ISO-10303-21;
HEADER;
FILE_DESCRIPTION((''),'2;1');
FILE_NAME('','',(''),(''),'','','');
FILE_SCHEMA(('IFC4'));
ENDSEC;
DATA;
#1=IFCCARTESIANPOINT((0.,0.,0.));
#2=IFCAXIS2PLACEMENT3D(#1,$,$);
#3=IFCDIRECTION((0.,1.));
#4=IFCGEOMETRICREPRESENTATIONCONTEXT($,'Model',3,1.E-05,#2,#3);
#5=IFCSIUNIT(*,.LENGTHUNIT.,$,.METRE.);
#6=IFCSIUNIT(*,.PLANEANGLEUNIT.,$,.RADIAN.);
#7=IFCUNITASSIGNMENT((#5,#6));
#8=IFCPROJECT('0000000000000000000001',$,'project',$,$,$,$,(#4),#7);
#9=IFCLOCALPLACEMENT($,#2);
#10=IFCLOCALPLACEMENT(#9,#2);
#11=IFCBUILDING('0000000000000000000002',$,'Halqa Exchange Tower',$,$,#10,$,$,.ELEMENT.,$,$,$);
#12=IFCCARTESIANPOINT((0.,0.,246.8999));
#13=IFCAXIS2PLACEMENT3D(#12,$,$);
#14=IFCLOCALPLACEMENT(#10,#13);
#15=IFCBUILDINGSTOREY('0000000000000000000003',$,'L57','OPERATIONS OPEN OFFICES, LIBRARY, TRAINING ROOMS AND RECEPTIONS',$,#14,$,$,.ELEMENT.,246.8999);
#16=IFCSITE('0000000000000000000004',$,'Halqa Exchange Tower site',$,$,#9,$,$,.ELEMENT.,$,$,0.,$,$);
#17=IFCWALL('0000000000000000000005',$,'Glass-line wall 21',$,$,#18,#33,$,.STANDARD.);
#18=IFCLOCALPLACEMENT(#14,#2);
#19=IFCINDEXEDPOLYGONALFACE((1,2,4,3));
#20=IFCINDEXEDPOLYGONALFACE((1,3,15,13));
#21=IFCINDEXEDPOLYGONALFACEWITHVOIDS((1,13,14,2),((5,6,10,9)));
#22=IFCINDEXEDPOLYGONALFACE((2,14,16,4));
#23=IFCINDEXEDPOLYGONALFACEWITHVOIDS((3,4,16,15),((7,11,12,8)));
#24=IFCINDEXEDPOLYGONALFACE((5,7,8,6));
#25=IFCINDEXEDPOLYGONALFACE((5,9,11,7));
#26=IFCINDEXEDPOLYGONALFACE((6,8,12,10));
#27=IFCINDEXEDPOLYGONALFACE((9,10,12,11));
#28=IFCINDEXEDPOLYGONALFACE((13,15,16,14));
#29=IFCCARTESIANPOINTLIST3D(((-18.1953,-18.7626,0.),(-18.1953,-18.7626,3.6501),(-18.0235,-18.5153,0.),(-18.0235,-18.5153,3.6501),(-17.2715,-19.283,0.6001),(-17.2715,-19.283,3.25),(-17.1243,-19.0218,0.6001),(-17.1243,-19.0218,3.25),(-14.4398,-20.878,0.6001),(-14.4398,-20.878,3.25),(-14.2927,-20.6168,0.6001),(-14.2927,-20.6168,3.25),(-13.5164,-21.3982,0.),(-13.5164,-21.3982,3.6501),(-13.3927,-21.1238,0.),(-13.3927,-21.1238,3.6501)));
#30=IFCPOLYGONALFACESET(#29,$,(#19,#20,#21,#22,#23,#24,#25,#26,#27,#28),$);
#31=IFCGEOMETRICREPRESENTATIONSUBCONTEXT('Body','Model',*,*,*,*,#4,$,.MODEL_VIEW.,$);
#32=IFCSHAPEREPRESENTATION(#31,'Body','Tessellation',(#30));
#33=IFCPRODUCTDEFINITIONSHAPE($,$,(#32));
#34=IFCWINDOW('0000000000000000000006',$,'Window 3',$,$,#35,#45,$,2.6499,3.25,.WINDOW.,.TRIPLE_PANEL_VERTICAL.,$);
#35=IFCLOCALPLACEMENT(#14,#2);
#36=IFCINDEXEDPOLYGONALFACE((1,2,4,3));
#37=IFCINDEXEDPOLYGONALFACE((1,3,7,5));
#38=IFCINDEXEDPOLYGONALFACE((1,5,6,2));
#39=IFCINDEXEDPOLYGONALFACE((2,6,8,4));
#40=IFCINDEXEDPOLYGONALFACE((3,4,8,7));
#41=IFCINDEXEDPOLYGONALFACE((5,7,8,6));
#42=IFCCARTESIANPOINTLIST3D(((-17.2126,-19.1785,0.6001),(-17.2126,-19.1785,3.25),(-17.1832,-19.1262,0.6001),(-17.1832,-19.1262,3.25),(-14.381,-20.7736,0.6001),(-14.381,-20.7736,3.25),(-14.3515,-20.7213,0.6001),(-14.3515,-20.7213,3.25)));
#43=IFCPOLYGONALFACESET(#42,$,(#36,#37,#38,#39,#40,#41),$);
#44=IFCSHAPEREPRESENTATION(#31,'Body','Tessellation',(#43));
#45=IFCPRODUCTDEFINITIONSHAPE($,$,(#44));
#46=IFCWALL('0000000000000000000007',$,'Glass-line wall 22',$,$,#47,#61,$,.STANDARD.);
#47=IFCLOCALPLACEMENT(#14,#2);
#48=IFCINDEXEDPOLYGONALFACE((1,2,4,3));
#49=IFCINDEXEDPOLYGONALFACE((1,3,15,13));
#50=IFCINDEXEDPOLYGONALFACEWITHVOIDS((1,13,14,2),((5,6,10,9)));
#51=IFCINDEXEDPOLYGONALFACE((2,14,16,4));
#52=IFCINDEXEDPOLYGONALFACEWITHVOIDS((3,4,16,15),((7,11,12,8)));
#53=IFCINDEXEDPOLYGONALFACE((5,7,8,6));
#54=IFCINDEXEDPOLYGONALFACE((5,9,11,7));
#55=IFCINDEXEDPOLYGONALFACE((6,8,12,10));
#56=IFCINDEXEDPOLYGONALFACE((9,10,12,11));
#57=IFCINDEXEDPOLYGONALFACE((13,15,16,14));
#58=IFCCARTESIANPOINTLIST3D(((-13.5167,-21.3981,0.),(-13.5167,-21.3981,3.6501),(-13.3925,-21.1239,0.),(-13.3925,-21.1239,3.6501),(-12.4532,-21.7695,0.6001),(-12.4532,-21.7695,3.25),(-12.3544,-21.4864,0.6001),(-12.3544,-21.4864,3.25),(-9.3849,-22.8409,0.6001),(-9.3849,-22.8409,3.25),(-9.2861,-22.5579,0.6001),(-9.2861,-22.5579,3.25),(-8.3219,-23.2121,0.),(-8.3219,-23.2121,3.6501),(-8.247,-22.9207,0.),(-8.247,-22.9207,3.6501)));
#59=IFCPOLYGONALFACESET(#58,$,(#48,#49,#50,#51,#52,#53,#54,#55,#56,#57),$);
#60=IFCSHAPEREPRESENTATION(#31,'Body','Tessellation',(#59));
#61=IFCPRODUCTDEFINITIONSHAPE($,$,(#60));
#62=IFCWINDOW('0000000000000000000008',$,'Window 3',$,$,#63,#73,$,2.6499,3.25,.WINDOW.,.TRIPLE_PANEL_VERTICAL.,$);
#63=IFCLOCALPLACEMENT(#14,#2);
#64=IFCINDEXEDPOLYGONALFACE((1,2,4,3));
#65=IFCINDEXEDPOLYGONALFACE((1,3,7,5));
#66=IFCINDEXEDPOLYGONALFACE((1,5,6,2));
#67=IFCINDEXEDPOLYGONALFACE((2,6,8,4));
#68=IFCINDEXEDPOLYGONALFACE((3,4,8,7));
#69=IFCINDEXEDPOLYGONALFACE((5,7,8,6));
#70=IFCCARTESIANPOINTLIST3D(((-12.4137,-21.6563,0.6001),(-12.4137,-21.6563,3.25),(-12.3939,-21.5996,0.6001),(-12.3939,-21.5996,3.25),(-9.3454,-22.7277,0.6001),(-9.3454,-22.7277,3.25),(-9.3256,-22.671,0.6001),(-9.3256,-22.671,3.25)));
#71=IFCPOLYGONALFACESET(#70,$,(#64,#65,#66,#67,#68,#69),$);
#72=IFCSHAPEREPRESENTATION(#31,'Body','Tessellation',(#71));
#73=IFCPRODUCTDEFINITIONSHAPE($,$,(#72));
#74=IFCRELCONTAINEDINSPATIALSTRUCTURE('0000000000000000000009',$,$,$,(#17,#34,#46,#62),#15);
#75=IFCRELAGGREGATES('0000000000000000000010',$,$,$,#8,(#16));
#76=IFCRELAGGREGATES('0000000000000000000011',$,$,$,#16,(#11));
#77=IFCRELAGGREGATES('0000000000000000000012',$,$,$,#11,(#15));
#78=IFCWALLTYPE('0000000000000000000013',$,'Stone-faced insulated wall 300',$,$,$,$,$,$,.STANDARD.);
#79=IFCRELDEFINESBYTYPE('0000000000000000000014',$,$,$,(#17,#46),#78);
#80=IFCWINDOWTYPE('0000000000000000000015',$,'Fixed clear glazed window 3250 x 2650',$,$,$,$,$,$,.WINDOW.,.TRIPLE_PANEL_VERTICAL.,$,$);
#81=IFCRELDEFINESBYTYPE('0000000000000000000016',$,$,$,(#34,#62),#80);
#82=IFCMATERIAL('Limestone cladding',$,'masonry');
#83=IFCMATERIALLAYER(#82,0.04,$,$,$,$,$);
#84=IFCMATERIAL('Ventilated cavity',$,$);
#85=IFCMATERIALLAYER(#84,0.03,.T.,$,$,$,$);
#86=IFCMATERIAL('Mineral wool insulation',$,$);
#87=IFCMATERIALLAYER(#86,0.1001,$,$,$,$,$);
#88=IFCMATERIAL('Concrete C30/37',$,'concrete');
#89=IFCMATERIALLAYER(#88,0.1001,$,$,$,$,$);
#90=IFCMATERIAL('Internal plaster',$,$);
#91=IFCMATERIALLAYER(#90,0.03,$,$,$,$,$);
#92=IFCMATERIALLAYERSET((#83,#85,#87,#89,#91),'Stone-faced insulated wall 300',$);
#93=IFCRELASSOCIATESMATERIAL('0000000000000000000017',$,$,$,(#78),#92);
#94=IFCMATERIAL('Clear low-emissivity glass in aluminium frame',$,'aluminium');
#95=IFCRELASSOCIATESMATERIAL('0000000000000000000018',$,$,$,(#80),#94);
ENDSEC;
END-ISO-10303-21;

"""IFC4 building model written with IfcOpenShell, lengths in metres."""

from ifc_helpers import new_model, si_unit, direction, frame, frame_2d, origin, place, context, subcontext, project, spatial, polyline, rectangle, outline, extrude, material, layer, layer_set, type_object, element, fill, save


model = new_model("IFC4")

# Units and contexts
model_context = context("Model", 3, precision=1e-05, world=origin(), true_north=direction((0.0, 1.0)))
body_context = subcontext(model_context, "Body", "Model", "MODEL_VIEW")
ifc_project = project(units=[si_unit("LENGTHUNIT", "METRE"), si_unit("PLANEANGLEUNIT", "RADIAN")], contexts=[model_context])

# Site, building, storey
site_placement = place(None, origin())
site = spatial("IfcSite", under=ifc_project, at=site_placement, Name="Halqa Exchange Tower site", CompositionType="ELEMENT", RefElevation=0.0)
building_placement = place(site_placement, origin())
building = spatial("IfcBuilding", under=site, at=building_placement, Name="Halqa Exchange Tower", CompositionType="ELEMENT")
storey_placement = place(building_placement, frame((0.0, 0.0, 246.8999)))
storey = spatial("IfcBuildingStorey", under=building, at=storey_placement, Name="L57", Description="OPERATIONS OPEN OFFICES, LIBRARY, TRAINING ROOMS AND RECEPTIONS", CompositionType="ELEMENT", Elevation=246.8999)

# Shared definitions
ifc_material_1 = material(Name="Limestone cladding", Category="masonry")
ifc_layer_1 = layer(ifc_material_1, 0.04)
ifc_material_2 = material(Name="Ventilated cavity")
ifc_layer_2 = layer(ifc_material_2, 0.03, ventilated=True)
ifc_material_3 = material(Name="Mineral wool insulation")
ifc_layer_3 = layer(ifc_material_3, 0.1001)
ifc_material_4 = material(Name="Concrete C30/37", Category="concrete")
ifc_layer_4 = layer(ifc_material_4, 0.1001)
ifc_material_5 = material(Name="Internal plaster")
ifc_layer_5 = layer(ifc_material_5, 0.03)
ifc_layer_set_1 = layer_set([ifc_layer_1, ifc_layer_2, ifc_layer_3, ifc_layer_4, ifc_layer_5], Name="Stone-faced insulated wall 300")
wall_type_1 = type_object("IfcWallType", Name="Stone-faced insulated wall 300", PredefinedType="STANDARD", material=ifc_layer_set_1)
ifc_material_6 = material(Name="Clear low-emissivity glass in aluminium frame", Category="aluminium")

# Walls, openings, windows
wall_1_placement = place(storey_placement, frame((-18.1094, -18.6389, 0.0), z_axis=(0.0, 0.0, 1.0), x_axis=(0.871275, -0.490795, 0.0)))
wall_1 = element("IfcWall", 1, at=wall_1_placement, inside=storey, type_object=wall_type_1, Name="Glass-line wall 21", PredefinedType="STANDARD", context=body_context, shape_type="SweptSolid", body=[
    extrude(outline(polyline([(-0.0142, -0.1499), (5.356, -0.1499), (5.3291, 0.1499), (0.0142, 0.1499), (-0.0142, -0.1499)])), origin(), (0.0, 0.0, 1.0), 3.6501),
])
opening_1_placement = place(wall_1_placement, frame((1.0461, 0.0, 0.6001)))
opening_1 = element("IfcOpeningElement", 2, at=opening_1_placement, cuts=wall_1, PredefinedType="OPENING", context=body_context, shape_type="SweptSolid", body=[
    extrude(rectangle(XDim=3.25, YDim=2.6499, at=frame_2d((1.625, 1.325))), frame((0.0, 0.1621, 0.0), z_axis=(0.0, -1.0, 0.0), x_axis=(1.0, 0.0, 0.0)), (0.0, 0.0, 1.0), 0.324),
])
window_type = type_object("IfcWindowType", Name="Fixed clear glazed window 3250 x 2650", PartitioningType="TRIPLE_PANEL_VERTICAL", PredefinedType="WINDOW", material=ifc_material_6)
window_1_placement = place(opening_1_placement, origin())
window_1 = element("IfcWindow", 3, at=window_1_placement, inside=storey, type_object=window_type, Name="Window 3", OverallHeight=2.6499, OverallWidth=3.25, PartitioningType="TRIPLE_PANEL_VERTICAL", PredefinedType="WINDOW", context=body_context, shape_type="SweptSolid", body=[
    extrude(rectangle(XDim=3.25, YDim=2.6499, at=frame_2d((1.625, 1.325))), frame((0.0, 0.03, 0.0), z_axis=(0.0, -1.0, 0.0), x_axis=(1.0, 0.0, 0.0)), (0.0, 0.0, 1.0), 0.0601),
])
fill(opening_1, window_1)
wall_2_placement = place(storey_placement, frame((-13.4546, -21.261, 0.0), z_axis=(0.0, 0.0, 1.0), x_axis=(0.944094, -0.329677, 0.0)))
wall_2 = element("IfcWall", 4, at=wall_2_placement, inside=storey, type_object=wall_type_1, Name="Glass-line wall 22", PredefinedType="STANDARD", context=body_context, shape_type="SweptSolid", body=[
    extrude(outline(polyline([(-0.0134, -0.1499), (5.489, -0.1499), (5.4636, 0.1499), (0.0134, 0.1499), (-0.0134, -0.1499)])), origin(), (0.0, 0.0, 1.0), 3.6501),
])
opening_2_placement = place(wall_2_placement, frame((1.113, 0.0, 0.6001)))
opening_2 = element("IfcOpeningElement", 5, at=opening_2_placement, cuts=wall_2, PredefinedType="OPENING", context=body_context, shape_type="SweptSolid", body=[
    extrude(rectangle(XDim=3.25, YDim=2.6499, at=frame_2d((1.625, 1.325))), frame((0.0, 0.1621, 0.0), z_axis=(0.0, -1.0, 0.0), x_axis=(1.0, 0.0, 0.0)), (0.0, 0.0, 1.0), 0.324),
])
window_2_placement = place(opening_2_placement, origin())
window_2 = element("IfcWindow", 6, at=window_2_placement, inside=storey, type_object=window_type, Name="Window 3", OverallHeight=2.6499, OverallWidth=3.25, PartitioningType="TRIPLE_PANEL_VERTICAL", PredefinedType="WINDOW", context=body_context, shape_type="SweptSolid", body=[
    extrude(rectangle(XDim=3.25, YDim=2.6499, at=frame_2d((1.625, 1.325))), frame((0.0, 0.03, 0.0), z_axis=(0.0, -1.0, 0.0), x_axis=(1.0, 0.0, 0.0)), (0.0, 0.0, 1.0), 0.0601),
])
fill(opening_2, window_2)

save(model, "model.ifc")
